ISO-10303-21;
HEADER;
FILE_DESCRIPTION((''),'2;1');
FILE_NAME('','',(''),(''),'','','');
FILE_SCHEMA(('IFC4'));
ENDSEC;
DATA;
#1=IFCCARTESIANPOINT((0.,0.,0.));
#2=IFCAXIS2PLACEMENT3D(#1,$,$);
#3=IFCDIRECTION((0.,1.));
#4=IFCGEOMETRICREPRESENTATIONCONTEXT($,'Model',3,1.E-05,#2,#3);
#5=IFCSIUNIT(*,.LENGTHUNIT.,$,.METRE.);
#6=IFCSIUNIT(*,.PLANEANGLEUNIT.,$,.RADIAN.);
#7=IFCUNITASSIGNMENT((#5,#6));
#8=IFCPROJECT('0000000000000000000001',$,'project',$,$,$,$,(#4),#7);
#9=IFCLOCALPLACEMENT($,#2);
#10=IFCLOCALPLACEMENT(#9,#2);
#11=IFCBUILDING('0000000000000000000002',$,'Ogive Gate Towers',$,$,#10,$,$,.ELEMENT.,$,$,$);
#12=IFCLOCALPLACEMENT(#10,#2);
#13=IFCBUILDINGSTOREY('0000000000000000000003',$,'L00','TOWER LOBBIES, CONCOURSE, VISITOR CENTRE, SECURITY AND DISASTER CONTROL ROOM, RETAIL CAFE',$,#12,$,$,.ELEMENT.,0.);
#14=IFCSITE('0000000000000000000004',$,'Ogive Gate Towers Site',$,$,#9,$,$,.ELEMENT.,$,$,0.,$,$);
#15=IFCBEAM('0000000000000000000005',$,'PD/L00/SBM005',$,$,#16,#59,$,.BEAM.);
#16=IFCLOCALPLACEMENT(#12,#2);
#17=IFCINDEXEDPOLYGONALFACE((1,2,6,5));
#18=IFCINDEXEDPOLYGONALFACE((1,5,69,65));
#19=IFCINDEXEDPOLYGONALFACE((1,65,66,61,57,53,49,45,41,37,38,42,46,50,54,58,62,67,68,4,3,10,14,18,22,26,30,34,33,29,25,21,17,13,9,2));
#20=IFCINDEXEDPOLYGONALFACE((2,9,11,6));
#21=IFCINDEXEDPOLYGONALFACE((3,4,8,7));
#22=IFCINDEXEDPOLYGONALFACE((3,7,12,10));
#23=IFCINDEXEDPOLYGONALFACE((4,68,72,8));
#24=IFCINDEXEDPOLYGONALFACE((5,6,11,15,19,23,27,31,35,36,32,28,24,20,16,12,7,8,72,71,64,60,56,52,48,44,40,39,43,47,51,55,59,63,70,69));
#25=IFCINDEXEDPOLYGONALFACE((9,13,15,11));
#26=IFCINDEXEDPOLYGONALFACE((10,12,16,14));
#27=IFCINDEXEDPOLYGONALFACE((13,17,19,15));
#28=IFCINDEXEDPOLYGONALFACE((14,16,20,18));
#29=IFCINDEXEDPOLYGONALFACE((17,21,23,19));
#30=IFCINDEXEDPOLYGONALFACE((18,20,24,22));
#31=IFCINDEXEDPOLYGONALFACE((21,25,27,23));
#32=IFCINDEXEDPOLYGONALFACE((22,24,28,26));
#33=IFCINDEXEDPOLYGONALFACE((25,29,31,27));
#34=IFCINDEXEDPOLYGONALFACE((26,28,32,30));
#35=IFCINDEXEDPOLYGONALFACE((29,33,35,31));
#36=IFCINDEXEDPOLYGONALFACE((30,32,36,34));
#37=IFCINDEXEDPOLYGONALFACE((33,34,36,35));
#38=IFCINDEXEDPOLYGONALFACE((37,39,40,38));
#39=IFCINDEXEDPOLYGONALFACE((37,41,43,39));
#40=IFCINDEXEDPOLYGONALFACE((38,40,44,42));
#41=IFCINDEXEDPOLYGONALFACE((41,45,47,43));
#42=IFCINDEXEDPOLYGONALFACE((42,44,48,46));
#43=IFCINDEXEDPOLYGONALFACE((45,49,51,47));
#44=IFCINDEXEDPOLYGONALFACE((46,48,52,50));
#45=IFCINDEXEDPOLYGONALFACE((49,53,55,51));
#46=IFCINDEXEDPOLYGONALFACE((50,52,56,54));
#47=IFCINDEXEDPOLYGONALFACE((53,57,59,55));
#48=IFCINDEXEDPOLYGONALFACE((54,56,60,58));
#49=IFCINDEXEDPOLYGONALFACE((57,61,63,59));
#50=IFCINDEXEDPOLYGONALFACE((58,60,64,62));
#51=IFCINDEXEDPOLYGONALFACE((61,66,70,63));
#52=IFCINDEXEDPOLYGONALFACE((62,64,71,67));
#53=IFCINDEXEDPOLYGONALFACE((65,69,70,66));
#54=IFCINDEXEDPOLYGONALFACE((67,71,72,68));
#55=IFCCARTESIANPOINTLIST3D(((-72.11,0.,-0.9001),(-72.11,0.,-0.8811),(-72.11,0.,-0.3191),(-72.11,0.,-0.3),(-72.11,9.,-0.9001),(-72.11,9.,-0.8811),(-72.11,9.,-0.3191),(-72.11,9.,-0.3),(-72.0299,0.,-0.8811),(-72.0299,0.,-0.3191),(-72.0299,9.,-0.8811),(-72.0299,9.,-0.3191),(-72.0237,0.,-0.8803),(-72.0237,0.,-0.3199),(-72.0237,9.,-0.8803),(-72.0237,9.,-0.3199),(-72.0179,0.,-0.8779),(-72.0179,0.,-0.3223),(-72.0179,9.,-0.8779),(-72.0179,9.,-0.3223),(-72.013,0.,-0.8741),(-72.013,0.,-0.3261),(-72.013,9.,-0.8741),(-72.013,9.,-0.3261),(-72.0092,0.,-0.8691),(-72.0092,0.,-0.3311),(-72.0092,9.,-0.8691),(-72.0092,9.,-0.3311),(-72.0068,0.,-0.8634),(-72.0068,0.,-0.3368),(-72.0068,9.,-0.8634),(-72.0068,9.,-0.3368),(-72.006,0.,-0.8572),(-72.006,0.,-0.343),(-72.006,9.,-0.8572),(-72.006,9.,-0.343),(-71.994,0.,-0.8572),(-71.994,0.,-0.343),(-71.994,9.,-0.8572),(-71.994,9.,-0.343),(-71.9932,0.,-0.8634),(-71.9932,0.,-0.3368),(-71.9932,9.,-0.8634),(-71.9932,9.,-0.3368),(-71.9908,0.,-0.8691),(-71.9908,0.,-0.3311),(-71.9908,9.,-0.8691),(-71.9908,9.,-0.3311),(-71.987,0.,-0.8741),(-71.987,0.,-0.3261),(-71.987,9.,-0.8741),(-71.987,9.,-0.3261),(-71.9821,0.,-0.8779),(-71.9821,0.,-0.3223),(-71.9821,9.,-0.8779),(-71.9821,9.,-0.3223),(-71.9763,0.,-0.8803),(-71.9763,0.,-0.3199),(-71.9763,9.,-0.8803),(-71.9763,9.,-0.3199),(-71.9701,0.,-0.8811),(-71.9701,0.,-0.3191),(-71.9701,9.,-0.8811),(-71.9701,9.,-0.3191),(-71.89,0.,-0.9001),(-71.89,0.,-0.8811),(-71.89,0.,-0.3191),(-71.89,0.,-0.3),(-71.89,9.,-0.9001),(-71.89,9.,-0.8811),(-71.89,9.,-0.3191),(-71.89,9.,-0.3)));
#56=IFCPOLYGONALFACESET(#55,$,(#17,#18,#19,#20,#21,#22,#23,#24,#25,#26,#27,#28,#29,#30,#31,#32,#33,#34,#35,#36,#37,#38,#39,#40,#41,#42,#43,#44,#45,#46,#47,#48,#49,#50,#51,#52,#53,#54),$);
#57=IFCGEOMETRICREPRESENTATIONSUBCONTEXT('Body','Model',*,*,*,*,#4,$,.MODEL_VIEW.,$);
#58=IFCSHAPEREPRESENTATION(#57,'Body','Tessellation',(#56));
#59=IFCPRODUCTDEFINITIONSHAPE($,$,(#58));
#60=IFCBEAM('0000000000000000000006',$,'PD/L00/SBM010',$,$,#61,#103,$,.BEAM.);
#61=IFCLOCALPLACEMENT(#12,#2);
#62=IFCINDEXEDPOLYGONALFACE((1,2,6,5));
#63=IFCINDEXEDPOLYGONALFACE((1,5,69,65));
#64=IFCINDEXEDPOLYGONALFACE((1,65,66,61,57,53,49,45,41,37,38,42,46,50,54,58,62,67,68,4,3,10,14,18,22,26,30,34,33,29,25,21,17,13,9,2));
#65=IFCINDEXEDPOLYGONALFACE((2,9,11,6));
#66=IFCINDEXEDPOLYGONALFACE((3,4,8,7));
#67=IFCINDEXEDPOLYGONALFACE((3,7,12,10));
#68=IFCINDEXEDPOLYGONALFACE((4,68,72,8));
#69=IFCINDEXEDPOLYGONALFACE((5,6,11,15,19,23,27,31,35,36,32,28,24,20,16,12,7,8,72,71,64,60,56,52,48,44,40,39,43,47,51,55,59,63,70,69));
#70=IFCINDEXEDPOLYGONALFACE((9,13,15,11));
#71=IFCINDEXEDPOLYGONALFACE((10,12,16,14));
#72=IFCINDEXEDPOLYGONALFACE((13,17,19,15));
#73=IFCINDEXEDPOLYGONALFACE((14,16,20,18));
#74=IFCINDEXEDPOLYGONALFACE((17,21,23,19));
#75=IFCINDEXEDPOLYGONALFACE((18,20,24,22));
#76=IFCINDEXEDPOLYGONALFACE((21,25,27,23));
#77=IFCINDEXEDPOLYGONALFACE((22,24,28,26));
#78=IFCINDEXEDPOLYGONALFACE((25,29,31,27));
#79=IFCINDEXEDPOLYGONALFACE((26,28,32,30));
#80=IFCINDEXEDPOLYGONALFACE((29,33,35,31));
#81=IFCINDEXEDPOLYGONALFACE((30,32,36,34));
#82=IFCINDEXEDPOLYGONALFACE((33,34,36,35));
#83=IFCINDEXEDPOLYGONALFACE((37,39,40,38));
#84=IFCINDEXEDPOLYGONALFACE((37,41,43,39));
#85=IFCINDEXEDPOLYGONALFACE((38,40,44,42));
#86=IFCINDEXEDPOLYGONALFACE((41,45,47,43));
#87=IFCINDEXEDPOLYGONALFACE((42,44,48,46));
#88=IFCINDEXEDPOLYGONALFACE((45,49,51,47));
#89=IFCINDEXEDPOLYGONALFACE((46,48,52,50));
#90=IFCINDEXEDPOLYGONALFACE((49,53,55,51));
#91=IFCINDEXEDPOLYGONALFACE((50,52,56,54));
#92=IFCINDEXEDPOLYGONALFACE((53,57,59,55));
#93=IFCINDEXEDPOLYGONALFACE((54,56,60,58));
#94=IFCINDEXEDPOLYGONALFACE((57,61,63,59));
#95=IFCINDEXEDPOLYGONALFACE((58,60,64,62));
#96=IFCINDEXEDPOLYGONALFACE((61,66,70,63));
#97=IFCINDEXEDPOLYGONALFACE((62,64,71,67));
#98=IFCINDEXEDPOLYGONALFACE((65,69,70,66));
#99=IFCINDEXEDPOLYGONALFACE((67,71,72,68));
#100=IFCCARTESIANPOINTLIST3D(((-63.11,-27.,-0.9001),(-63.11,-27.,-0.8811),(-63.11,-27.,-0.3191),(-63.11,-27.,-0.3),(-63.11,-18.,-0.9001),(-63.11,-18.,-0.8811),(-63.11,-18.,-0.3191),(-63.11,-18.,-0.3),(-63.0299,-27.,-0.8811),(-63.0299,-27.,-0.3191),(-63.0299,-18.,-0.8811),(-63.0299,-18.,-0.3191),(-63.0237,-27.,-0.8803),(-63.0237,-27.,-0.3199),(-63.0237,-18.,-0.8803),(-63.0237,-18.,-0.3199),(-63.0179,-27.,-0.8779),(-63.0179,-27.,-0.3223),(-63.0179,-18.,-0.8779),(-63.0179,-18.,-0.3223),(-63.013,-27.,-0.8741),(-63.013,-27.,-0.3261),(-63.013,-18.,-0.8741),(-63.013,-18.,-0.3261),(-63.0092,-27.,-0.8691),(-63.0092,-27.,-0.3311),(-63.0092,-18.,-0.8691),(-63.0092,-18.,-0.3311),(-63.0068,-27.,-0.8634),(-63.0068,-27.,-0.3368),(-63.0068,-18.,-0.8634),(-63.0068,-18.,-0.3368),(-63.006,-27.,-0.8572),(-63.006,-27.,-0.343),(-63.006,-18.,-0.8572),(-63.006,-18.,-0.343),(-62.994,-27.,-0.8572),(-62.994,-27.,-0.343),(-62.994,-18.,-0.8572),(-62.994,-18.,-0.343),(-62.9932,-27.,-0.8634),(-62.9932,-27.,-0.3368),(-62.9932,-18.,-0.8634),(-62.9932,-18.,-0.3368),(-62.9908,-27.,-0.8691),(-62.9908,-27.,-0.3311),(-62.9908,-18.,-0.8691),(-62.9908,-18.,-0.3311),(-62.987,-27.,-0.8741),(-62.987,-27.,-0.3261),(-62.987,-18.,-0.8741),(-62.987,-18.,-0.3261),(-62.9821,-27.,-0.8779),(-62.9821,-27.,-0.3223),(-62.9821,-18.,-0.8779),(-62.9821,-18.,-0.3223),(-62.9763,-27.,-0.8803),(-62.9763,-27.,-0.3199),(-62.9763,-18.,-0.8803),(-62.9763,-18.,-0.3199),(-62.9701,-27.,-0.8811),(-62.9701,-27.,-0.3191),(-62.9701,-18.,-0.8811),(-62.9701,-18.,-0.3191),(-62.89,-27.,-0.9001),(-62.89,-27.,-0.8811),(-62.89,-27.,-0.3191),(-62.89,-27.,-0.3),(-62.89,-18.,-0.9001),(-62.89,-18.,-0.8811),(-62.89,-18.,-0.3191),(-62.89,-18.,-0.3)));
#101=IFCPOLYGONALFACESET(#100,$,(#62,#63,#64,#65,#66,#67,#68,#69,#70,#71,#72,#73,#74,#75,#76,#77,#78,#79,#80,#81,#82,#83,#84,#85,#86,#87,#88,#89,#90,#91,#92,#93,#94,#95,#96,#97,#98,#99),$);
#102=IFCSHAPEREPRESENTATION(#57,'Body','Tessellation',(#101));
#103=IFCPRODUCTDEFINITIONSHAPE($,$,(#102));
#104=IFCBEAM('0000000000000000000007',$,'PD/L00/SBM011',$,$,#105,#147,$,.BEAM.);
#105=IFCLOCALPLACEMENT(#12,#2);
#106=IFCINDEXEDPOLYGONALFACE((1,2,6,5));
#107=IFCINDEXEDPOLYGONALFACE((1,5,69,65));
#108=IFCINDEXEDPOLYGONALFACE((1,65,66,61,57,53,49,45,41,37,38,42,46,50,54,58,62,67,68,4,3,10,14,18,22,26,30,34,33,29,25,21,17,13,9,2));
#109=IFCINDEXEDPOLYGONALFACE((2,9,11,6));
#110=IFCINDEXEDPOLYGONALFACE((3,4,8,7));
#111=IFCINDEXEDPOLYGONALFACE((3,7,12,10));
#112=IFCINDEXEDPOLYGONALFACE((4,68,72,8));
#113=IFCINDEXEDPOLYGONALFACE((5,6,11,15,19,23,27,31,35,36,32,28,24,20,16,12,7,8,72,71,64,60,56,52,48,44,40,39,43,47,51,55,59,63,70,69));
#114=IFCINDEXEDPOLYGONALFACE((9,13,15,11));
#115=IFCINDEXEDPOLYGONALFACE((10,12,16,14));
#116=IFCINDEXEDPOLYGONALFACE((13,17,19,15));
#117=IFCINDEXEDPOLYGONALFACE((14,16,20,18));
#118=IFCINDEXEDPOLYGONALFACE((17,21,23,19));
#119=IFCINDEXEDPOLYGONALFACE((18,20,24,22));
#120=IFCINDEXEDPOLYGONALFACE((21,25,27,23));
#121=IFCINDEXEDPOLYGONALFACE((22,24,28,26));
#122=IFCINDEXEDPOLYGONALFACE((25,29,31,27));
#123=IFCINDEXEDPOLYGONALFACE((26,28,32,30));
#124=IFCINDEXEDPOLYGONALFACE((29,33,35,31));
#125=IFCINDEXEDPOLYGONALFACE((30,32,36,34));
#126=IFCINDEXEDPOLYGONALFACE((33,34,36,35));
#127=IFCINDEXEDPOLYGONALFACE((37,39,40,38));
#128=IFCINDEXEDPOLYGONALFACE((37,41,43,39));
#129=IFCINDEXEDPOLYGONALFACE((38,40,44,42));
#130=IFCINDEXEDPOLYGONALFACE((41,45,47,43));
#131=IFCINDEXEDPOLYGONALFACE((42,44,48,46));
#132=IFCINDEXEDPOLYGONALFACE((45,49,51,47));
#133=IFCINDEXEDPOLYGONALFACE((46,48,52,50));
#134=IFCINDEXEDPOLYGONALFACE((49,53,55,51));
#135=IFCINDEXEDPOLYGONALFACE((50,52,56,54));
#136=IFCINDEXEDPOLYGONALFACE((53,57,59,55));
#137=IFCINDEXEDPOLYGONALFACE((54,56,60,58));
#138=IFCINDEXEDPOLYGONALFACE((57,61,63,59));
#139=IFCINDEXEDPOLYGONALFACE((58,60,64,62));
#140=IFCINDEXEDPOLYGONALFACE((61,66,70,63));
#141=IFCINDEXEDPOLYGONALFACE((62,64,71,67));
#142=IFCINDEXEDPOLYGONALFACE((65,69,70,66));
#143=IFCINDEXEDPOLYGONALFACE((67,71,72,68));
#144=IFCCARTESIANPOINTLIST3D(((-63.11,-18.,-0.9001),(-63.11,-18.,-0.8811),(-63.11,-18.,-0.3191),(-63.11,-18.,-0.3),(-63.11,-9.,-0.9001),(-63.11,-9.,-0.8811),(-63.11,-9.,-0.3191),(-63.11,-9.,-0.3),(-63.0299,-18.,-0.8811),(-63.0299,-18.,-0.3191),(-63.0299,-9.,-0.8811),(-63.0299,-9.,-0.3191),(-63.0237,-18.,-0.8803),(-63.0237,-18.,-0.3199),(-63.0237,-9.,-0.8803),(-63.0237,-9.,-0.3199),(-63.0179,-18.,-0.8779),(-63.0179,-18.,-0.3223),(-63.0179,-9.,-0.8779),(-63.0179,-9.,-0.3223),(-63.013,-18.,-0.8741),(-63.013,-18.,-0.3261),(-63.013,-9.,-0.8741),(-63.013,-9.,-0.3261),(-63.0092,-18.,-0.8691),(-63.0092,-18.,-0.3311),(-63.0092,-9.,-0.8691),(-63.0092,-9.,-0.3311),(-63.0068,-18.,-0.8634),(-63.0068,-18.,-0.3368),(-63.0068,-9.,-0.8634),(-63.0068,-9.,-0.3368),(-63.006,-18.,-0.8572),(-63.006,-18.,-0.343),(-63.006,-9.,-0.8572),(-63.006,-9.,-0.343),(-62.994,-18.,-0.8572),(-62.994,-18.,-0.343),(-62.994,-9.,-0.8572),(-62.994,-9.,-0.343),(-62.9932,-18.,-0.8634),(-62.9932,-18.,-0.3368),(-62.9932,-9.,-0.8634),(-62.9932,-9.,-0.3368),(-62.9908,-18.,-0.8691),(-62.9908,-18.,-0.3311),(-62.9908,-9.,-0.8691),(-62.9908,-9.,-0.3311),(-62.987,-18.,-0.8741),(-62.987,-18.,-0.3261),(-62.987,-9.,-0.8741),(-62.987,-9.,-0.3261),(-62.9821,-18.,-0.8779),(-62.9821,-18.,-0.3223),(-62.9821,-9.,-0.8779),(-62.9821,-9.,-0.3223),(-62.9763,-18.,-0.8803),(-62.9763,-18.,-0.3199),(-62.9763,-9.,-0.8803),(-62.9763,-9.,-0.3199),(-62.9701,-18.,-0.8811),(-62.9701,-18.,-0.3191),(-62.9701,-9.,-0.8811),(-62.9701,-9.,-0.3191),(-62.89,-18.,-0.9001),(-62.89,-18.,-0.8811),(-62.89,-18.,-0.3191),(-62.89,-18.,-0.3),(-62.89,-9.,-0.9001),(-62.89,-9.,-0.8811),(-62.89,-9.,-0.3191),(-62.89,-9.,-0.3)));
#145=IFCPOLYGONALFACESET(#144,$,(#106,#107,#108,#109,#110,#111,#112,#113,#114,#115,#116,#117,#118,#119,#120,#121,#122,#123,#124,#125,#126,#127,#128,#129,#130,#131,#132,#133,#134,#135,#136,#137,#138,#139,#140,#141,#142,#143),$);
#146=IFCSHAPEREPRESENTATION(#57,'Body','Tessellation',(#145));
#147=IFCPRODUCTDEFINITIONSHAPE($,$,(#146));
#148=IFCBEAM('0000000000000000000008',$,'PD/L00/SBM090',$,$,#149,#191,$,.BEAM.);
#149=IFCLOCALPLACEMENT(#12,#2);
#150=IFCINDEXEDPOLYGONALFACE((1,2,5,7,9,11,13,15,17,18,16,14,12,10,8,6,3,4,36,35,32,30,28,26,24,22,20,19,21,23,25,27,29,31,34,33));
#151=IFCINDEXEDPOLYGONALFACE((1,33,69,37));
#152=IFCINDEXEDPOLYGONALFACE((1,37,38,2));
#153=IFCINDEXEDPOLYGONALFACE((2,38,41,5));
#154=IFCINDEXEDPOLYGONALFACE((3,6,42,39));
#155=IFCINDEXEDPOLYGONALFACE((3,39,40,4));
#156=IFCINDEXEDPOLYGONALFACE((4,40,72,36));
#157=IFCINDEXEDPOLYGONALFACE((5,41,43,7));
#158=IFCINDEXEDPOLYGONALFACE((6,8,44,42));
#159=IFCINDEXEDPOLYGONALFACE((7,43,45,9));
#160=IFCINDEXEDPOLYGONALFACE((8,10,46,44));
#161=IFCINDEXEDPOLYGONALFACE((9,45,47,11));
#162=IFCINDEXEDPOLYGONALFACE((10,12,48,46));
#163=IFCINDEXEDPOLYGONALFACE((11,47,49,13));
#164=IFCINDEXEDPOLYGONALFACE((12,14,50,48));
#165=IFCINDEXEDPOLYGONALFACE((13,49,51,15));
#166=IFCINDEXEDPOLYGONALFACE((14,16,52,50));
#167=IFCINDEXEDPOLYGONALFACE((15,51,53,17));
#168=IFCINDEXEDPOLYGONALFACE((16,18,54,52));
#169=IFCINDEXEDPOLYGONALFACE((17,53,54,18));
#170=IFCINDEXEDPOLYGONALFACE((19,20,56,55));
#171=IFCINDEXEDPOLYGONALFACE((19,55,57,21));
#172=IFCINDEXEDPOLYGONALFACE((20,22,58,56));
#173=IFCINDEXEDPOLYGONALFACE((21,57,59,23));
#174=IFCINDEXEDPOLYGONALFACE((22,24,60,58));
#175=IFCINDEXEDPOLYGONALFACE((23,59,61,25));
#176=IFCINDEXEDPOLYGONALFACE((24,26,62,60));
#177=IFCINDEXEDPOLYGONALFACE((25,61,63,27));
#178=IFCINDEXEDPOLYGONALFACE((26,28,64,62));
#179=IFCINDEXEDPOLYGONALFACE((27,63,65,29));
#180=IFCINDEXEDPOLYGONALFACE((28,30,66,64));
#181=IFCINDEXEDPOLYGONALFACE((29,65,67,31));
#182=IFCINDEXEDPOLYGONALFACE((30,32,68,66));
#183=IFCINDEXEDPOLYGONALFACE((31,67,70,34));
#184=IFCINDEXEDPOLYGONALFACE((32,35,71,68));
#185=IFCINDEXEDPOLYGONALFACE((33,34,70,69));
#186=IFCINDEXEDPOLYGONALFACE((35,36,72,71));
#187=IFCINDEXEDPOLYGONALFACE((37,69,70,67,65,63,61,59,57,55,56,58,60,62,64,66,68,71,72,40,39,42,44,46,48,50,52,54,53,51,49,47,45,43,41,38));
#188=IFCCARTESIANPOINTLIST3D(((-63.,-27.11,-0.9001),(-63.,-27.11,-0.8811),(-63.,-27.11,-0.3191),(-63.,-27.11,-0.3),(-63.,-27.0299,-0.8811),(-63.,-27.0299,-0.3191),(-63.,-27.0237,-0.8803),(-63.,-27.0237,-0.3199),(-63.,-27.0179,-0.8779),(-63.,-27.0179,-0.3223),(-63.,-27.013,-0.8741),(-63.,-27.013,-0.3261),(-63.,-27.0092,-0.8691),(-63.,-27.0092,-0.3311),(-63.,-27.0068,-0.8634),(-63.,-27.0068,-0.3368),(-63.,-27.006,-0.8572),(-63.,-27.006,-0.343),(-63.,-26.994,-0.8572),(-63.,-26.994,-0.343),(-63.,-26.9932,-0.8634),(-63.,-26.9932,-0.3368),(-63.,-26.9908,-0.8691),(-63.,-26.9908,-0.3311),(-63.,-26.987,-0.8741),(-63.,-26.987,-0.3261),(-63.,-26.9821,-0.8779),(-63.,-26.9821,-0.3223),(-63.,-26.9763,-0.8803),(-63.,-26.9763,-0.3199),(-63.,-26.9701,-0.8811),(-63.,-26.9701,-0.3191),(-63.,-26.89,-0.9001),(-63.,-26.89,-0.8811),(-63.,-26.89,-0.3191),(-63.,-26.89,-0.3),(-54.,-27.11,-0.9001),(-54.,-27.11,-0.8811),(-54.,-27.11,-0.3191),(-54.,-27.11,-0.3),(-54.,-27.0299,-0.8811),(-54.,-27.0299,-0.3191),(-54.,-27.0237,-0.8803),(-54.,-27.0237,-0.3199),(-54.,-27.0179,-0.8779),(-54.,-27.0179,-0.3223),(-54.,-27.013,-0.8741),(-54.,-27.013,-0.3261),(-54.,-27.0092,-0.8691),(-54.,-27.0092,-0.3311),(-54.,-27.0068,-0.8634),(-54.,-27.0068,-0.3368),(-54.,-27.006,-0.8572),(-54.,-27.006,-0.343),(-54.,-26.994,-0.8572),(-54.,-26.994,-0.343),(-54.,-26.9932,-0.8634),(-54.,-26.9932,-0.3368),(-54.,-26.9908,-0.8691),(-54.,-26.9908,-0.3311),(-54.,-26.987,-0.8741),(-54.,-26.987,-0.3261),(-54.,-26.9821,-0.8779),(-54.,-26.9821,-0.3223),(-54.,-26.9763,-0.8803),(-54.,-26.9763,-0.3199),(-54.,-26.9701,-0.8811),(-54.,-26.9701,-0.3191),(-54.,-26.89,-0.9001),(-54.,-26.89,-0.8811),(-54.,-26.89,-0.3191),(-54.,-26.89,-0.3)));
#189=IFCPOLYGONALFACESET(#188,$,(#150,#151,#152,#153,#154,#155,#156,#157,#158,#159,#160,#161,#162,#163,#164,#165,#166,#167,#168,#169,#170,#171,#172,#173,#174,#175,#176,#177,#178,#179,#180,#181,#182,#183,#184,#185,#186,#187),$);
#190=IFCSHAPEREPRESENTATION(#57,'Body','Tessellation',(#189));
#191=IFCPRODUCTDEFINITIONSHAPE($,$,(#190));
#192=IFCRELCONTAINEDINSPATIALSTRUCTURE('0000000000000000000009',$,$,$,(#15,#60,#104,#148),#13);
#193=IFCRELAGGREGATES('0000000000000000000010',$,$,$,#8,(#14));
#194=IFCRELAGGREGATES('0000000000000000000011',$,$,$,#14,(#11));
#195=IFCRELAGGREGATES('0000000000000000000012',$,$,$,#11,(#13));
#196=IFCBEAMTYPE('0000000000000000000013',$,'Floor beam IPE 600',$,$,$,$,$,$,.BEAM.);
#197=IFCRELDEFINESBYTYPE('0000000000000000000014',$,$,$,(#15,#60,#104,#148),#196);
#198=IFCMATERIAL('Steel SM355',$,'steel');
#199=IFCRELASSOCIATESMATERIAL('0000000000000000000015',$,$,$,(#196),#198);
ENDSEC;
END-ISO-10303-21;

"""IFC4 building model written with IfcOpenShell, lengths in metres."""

from ifc_helpers import new_model, si_unit, direction, frame, origin, origin_2d, place, context, subcontext, project, spatial, i_section, extrude, material, material_profile, profile_set, type_object, element, save


model = new_model("IFC4")

# Units and contexts
model_context = context("Model", 3, precision=1e-05, world=origin(), true_north=direction((0.0, 1.0)))
body_context = subcontext(model_context, "Body", "Model", "MODEL_VIEW")
ifc_project = project(units=[si_unit("LENGTHUNIT", "METRE"), si_unit("PLANEANGLEUNIT", "RADIAN")], contexts=[model_context])

# Site, building, storey
site_placement = place(None, origin())
site = spatial("IfcSite", under=ifc_project, at=site_placement, Name="Ogive Gate Towers Site", CompositionType="ELEMENT", RefElevation=0.0)
building_placement = place(site_placement, origin())
building = spatial("IfcBuilding", under=site, at=building_placement, Name="Ogive Gate Towers", CompositionType="ELEMENT")
storey_placement = place(building_placement, origin())
storey = spatial("IfcBuildingStorey", under=building, at=storey_placement, Name="L00", Description="TOWER LOBBIES, CONCOURSE, VISITOR CENTRE, SECURITY AND DISASTER CONTROL ROOM, RETAIL CAFE", CompositionType="ELEMENT", Elevation=0.0)

# Beams
ifc_material_1 = material(Name="Steel SM355", Category="steel")
ifc_material_profile_1 = material_profile(ifc_material_1, i_section(OverallWidth=0.22, OverallDepth=0.6001, WebThickness=0.012, FlangeThickness=0.019, FilletRadius=0.0239, at=origin_2d()), Name="IPE 600")
ifc_profile_set_1 = profile_set([ifc_material_profile_1], Name="Steel SM355")
beam_type_1 = type_object("IfcBeamType", Name="Floor beam IPE 600", PredefinedType="BEAM", material=ifc_profile_set_1)
for number, where, z_axis, x_axis, name in (
    (1, (-72.0, 0.0, -0.6001), (0.0, 1.0, 0.0), (-1.0, 0.0, 0.0), "PD/L00/SBM005"),
    (2, (-63.0, -27.0, -0.6001), (0.0, 1.0, 0.0), (-1.0, 0.0, 0.0), "PD/L00/SBM010"),
    (3, (-63.0, -18.0, -0.6001), (0.0, 1.0, 0.0), (-1.0, 0.0, 0.0), "PD/L00/SBM011"),
    (4, (-63.0, -27.0, -0.6001), (1.0, 0.0, 0.0), (0.0, 1.0, 0.0), "PD/L00/SBM090"),
):
    element("IfcBeam", number, at=place(storey_placement, frame(where, z_axis=z_axis, x_axis=x_axis)), inside=storey, type_object=beam_type_1, Name=name, PredefinedType="BEAM", context=body_context, shape_type="SweptSolid", body=[
        extrude(i_section(OverallWidth=0.22, OverallDepth=0.6001, WebThickness=0.012, FlangeThickness=0.019, FilletRadius=0.0239, at=origin_2d()), origin(), (0.0, 0.0, 1.0), 9.0),
    ])

save(model, "model.ifc")
